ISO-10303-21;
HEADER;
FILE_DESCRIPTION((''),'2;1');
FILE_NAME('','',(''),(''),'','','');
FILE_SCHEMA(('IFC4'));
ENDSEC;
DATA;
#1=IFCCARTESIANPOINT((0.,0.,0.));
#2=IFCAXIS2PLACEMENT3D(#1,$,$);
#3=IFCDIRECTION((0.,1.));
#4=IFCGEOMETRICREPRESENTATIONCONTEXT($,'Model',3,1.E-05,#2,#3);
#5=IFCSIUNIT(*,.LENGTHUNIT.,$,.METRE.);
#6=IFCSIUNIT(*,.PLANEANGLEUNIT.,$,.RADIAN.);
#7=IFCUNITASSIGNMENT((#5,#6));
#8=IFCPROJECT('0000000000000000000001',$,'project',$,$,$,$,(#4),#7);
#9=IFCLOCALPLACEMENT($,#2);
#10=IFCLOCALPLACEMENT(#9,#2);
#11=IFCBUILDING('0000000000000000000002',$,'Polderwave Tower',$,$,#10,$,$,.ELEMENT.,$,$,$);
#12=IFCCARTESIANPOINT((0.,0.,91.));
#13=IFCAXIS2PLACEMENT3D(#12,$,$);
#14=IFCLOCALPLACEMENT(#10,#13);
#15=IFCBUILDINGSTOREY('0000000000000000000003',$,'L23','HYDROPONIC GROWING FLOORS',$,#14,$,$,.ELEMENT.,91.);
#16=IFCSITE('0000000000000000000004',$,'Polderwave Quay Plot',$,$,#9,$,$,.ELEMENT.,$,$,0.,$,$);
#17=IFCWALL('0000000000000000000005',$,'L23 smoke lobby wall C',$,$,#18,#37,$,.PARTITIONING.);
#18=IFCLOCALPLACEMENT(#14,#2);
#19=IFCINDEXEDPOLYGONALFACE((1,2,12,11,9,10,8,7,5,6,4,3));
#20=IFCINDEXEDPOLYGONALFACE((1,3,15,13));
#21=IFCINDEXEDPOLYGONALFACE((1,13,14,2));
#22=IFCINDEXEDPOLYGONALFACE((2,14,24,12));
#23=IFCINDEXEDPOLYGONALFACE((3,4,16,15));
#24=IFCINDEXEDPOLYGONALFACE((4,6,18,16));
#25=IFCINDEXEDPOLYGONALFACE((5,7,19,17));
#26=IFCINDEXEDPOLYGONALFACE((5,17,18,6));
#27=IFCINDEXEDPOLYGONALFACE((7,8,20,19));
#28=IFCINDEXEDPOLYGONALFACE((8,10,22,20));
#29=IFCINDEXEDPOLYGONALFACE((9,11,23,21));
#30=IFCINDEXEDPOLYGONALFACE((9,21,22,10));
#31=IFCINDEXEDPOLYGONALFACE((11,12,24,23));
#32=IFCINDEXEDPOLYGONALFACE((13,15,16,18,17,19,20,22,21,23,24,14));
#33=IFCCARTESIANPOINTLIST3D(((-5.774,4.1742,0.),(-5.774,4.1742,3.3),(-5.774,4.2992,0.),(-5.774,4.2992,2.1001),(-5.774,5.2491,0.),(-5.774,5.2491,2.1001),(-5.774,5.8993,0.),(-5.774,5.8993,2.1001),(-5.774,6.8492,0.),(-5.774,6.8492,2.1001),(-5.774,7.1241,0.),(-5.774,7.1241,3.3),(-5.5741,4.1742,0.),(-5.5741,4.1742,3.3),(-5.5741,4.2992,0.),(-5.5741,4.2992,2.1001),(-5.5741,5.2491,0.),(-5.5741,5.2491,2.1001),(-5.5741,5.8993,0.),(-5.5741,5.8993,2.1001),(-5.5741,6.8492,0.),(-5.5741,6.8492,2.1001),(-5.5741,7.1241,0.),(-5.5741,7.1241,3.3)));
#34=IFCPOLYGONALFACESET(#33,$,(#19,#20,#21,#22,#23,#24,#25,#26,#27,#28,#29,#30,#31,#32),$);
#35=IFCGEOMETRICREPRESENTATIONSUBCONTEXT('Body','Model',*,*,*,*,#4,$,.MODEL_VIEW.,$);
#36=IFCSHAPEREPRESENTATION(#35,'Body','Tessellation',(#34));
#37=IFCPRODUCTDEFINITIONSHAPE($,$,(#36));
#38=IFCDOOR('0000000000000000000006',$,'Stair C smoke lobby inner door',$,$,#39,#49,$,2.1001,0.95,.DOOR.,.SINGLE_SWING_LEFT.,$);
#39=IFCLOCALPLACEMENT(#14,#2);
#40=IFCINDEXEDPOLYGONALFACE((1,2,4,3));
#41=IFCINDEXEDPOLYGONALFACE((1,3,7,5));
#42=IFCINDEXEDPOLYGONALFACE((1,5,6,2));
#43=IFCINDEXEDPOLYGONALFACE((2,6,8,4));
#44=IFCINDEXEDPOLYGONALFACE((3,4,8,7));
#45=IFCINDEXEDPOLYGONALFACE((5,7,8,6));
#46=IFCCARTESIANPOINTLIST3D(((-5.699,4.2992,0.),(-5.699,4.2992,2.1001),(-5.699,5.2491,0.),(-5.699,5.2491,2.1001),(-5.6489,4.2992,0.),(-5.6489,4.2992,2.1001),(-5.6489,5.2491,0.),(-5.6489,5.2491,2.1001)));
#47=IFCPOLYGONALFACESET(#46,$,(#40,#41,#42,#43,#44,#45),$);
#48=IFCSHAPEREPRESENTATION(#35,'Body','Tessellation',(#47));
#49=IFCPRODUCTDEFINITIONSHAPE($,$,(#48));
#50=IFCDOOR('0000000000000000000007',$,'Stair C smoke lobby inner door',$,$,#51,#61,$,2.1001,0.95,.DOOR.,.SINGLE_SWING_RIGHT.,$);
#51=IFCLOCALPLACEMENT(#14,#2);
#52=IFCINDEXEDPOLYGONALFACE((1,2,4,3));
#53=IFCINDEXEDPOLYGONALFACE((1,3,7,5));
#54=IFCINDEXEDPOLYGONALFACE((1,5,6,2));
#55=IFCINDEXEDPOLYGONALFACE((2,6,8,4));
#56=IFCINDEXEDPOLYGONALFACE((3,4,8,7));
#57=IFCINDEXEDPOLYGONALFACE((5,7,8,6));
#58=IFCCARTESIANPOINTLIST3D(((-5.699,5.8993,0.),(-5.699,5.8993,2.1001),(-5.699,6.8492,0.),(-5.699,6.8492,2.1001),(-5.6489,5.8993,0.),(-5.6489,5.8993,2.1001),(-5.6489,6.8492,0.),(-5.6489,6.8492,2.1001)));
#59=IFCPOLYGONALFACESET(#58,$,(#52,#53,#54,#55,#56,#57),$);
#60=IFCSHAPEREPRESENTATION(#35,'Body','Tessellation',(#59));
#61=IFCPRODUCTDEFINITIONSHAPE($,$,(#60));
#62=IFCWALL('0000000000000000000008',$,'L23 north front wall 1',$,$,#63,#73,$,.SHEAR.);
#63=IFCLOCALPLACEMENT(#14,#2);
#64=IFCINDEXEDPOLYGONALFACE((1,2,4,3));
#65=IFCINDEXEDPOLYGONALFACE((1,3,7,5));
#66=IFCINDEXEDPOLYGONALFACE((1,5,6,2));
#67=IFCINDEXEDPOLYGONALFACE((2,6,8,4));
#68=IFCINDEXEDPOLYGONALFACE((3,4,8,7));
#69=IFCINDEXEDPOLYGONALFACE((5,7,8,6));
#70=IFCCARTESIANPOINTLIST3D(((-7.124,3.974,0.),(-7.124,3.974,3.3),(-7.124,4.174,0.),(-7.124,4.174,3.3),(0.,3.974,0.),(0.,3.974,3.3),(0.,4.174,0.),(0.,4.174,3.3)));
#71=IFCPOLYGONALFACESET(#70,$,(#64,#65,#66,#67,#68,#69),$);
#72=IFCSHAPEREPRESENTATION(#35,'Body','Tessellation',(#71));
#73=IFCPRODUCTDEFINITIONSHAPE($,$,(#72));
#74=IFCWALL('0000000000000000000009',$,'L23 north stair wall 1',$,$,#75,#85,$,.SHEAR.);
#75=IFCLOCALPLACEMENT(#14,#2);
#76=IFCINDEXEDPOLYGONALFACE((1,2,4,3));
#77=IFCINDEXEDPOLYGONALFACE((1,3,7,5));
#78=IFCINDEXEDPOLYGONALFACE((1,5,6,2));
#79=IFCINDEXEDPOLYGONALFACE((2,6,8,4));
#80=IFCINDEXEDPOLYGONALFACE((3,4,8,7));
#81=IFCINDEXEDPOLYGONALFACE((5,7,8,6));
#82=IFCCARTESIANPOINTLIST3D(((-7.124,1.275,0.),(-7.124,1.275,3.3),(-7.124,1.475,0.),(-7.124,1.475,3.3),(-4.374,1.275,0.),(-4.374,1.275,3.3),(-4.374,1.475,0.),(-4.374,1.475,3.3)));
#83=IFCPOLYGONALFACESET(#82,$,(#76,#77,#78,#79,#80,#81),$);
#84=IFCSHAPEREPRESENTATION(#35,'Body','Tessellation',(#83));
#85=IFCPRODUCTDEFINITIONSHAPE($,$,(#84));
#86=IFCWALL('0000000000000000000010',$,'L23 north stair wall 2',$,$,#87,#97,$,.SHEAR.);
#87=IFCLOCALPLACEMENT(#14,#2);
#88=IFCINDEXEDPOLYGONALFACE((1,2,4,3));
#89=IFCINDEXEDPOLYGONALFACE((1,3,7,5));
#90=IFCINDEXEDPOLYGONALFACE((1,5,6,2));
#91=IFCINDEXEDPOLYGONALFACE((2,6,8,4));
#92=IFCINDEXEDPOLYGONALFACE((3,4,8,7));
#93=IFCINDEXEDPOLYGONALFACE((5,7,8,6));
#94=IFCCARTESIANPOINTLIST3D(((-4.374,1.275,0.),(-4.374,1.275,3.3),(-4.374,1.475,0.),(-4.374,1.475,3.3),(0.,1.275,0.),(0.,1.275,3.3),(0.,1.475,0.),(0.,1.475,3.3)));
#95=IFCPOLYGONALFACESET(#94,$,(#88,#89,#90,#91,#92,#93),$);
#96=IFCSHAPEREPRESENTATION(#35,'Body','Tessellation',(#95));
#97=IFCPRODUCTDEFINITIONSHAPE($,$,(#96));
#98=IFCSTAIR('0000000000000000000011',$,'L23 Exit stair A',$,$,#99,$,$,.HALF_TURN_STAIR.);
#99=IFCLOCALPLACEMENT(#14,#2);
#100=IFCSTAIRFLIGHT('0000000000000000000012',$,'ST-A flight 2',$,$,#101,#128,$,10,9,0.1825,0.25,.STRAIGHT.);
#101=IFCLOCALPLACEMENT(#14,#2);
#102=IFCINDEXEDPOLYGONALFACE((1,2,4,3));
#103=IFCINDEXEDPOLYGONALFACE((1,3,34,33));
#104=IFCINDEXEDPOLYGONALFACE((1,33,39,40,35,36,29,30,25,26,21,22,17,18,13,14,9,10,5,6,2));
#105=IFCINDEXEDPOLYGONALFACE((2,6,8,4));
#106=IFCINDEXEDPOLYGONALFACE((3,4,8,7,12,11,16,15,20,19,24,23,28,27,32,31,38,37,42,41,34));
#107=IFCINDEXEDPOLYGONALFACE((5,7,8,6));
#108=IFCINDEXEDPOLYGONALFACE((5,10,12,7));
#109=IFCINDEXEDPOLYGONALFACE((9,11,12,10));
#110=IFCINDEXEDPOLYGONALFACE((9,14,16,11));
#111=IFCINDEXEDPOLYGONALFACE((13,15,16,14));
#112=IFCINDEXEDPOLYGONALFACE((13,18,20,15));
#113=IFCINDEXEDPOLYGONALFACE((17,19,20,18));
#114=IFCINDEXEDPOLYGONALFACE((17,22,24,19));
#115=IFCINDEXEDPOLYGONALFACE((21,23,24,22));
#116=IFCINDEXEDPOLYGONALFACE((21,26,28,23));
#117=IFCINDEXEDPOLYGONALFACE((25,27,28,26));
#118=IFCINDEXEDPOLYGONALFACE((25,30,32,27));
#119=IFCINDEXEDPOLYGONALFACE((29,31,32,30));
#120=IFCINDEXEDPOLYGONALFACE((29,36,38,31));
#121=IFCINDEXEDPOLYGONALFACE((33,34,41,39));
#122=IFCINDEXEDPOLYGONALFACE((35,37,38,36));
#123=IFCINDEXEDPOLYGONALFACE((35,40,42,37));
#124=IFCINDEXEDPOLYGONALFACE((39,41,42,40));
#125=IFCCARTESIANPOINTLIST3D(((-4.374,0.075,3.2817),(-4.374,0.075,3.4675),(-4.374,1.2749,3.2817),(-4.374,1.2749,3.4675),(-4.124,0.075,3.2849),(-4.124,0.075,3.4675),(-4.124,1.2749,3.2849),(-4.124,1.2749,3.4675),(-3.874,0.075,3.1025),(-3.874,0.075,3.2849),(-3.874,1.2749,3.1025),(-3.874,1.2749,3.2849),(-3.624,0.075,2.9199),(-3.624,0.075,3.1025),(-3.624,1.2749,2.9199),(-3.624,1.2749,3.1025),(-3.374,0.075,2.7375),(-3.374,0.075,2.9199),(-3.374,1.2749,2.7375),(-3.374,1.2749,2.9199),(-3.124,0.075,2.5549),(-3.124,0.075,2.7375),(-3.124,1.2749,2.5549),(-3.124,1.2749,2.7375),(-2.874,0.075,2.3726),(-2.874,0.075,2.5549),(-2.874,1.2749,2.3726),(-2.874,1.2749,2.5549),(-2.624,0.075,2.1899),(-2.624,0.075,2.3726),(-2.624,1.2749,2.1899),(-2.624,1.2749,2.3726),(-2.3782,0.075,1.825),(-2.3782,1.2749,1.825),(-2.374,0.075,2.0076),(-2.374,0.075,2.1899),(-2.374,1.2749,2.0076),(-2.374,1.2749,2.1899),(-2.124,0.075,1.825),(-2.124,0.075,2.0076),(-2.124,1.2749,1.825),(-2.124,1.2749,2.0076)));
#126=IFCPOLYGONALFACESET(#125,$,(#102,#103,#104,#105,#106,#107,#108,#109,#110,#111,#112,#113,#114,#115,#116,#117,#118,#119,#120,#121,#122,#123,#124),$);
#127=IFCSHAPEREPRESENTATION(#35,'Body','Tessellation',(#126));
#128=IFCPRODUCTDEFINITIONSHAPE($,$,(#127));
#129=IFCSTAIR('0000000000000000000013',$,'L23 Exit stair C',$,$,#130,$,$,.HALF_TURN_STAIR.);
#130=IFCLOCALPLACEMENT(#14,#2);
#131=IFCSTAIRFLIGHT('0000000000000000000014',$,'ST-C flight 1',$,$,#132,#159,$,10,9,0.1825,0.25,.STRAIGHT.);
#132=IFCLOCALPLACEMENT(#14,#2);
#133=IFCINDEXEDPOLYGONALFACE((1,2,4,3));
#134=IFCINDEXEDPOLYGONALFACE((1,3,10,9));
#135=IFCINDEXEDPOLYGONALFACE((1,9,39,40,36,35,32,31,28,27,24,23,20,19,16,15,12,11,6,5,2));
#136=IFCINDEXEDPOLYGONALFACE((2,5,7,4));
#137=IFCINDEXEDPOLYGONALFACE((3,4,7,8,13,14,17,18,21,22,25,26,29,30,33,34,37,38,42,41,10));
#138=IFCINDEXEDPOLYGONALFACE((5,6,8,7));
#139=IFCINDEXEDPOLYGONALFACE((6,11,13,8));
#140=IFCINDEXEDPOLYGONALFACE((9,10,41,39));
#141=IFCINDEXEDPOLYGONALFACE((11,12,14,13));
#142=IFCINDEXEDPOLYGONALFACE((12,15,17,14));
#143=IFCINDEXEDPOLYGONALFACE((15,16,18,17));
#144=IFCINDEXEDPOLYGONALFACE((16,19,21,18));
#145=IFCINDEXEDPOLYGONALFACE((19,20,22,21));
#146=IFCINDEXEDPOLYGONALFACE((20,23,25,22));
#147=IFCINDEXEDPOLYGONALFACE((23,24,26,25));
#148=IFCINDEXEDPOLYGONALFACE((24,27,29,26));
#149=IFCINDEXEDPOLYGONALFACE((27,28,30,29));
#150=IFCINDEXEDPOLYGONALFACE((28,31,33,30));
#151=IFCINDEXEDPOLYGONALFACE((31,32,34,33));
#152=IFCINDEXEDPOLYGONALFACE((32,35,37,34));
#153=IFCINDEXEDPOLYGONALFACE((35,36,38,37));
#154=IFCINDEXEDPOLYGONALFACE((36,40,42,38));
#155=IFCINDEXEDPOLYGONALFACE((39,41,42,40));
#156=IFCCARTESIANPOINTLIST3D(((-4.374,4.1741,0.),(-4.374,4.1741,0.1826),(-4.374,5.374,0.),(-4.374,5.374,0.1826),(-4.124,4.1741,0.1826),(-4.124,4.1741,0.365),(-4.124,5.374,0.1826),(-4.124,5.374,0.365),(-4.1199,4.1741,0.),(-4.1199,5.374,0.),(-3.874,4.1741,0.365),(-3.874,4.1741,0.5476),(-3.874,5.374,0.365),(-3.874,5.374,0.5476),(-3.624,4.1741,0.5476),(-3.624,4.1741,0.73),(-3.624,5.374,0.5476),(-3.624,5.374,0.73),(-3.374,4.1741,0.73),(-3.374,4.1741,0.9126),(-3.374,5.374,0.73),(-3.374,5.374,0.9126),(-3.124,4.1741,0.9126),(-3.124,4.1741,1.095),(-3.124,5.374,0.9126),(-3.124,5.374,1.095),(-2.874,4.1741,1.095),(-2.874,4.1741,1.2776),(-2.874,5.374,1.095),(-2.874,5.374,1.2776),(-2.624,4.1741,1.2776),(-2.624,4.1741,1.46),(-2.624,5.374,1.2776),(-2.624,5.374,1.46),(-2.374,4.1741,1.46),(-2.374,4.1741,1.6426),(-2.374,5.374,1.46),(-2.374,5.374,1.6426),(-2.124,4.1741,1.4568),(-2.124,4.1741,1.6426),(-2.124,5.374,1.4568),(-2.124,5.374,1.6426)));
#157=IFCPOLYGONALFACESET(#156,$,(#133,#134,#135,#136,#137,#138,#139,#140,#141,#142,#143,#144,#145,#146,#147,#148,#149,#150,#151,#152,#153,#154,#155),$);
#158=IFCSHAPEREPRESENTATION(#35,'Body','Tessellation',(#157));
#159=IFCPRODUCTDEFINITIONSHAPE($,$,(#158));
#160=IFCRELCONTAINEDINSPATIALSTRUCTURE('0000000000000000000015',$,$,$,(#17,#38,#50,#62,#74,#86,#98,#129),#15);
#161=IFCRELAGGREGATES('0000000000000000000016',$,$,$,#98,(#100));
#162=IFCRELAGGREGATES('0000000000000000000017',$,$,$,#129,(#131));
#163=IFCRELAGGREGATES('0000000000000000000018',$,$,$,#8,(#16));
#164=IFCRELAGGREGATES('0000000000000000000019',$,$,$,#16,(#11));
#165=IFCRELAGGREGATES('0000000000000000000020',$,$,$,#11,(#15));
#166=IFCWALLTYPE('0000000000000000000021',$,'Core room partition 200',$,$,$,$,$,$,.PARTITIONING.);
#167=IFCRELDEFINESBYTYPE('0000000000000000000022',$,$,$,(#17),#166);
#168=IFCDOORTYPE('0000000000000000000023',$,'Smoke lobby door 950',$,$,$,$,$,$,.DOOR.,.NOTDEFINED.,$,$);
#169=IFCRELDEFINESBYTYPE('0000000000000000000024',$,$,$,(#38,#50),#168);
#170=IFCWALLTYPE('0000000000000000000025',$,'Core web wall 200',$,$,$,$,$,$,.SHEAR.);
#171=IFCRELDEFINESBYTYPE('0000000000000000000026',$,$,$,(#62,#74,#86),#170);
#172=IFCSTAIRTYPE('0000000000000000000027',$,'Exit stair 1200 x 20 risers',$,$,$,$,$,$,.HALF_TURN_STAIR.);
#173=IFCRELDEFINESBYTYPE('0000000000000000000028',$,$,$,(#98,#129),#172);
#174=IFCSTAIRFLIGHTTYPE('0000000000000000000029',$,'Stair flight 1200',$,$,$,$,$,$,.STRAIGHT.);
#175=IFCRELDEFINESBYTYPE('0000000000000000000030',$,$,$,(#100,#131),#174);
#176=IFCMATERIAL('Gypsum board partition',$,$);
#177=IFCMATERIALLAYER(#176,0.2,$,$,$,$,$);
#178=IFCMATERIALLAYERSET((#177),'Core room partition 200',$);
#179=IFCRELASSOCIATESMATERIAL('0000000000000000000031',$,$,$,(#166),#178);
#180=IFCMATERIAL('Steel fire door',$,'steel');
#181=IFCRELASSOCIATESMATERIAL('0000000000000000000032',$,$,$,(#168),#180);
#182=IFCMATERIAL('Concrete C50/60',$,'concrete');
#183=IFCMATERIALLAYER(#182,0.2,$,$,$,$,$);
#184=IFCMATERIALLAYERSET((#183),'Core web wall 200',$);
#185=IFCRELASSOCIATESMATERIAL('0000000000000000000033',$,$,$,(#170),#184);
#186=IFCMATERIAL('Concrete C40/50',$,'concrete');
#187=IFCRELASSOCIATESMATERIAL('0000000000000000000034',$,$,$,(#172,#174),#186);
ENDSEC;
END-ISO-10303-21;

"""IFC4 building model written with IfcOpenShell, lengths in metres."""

from ifc_helpers import new_model, si_unit, direction, frame, frame_2d, origin, place, context, subcontext, project, spatial, polyline, rectangle, outline, extrude, material, layer, layer_set, type_object, element, fill, aggregate, save


model = new_model("IFC4")

# Units and contexts
model_context = context("Model", 3, precision=1e-05, world=origin(), true_north=direction((0.0, 1.0)))
body_context = subcontext(model_context, "Body", "Model", "MODEL_VIEW")
ifc_project = project(units=[si_unit("LENGTHUNIT", "METRE"), si_unit("PLANEANGLEUNIT", "RADIAN")], contexts=[model_context])

# Site, building, storey
site_placement = place(None, origin())
site = spatial("IfcSite", under=ifc_project, at=site_placement, Name="Polderwave Quay Plot", CompositionType="ELEMENT", RefElevation=0.0)
building_placement = place(site_placement, origin())
building = spatial("IfcBuilding", under=site, at=building_placement, Name="Polderwave Tower", CompositionType="ELEMENT")
storey_placement = place(building_placement, frame((0.0, 0.0, 91.0)))
storey = spatial("IfcBuildingStorey", under=building, at=storey_placement, Name="L23", Description="HYDROPONIC GROWING FLOORS", CompositionType="ELEMENT", Elevation=91.0)

# Wall, openings, doors
ifc_material_1 = material(Name="Gypsum board partition")
ifc_layer_1 = layer(ifc_material_1, 0.2)
ifc_layer_set_1 = layer_set([ifc_layer_1], Name="Core room partition 200")
wall_type_1 = type_object("IfcWallType", Name="Core room partition 200", PredefinedType="PARTITIONING", material=ifc_layer_set_1)
wall_1_placement = place(storey_placement, frame((-5.6741, 4.1741, 0.0), z_axis=(0.0, 0.0, 1.0), x_axis=(0.0, 1.0, 0.0)))
wall_1 = element("IfcWall", 1, at=wall_1_placement, inside=storey, type_object=wall_type_1, Name="L23 smoke lobby wall C", PredefinedType="PARTITIONING", context=body_context, shape_type="SweptSolid", body=[
    extrude(rectangle(XDim=2.95, YDim=0.2, at=frame_2d((1.4751, 0.0))), origin(), (0.0, 0.0, 1.0), 3.3),
])
opening_1_placement = place(wall_1_placement, frame((0.125, 0.0, 0.0)))
opening_1 = element("IfcOpeningElement", 2, at=opening_1_placement, cuts=wall_1, PredefinedType="OPENING", context=body_context, shape_type="SweptSolid", body=[
    extrude(rectangle(XDim=0.95, YDim=2.1001, at=frame_2d((0.4751, 1.05))), frame((0.0, 0.1099, 0.0), z_axis=(0.0, -1.0, 0.0), x_axis=(1.0, 0.0, 0.0)), (0.0, 0.0, 1.0), 0.22),
])
opening_2_placement = place(wall_1_placement, frame((1.7251, 0.0, 0.0)))
opening_2 = element("IfcOpeningElement", 3, at=opening_2_placement, cuts=wall_1, PredefinedType="OPENING", context=body_context, shape_type="SweptSolid", body=[
    extrude(rectangle(XDim=0.95, YDim=2.1001, at=frame_2d((0.4751, 1.05))), frame((0.0, 0.1099, 0.0), z_axis=(0.0, -1.0, 0.0), x_axis=(1.0, 0.0, 0.0)), (0.0, 0.0, 1.0), 0.22),
])
ifc_material_2 = material(Name="Steel fire door", Category="steel")
door_type = type_object("IfcDoorType", Name="Smoke lobby door 950", OperationType="NOTDEFINED", PredefinedType="DOOR", material=ifc_material_2)
door_1_placement = place(opening_1_placement, origin())
door_1 = element("IfcDoor", 4, at=door_1_placement, inside=storey, type_object=door_type, Name="Stair C smoke lobby inner door", OperationType="SINGLE_SWING_LEFT", OverallHeight=2.1001, OverallWidth=0.95, PredefinedType="DOOR", context=body_context, shape_type="SweptSolid", body=[
    extrude(rectangle(XDim=0.95, YDim=2.1001, at=frame_2d((0.4751, 1.05))), frame((0.0, 0.0249, 0.0), z_axis=(0.0, -1.0, 0.0), x_axis=(1.0, 0.0, 0.0)), (0.0, 0.0, 1.0), 0.05),
])
fill(opening_1, door_1)
door_2_placement = place(opening_2_placement, origin())
door_2 = element("IfcDoor", 5, at=door_2_placement, inside=storey, type_object=door_type, Name="Stair C smoke lobby inner door", OperationType="SINGLE_SWING_RIGHT", OverallHeight=2.1001, OverallWidth=0.95, PredefinedType="DOOR", context=body_context, shape_type="SweptSolid", body=[
    extrude(rectangle(XDim=0.95, YDim=2.1001, at=frame_2d((0.4751, 1.05))), frame((0.0, 0.0249, 0.0), z_axis=(0.0, -1.0, 0.0), x_axis=(1.0, 0.0, 0.0)), (0.0, 0.0, 1.0), 0.05),
])
fill(opening_2, door_2)

# Walls
ifc_material_3 = material(Name="Concrete C50/60", Category="concrete")
ifc_layer_2 = layer(ifc_material_3, 0.2)
ifc_layer_set_2 = layer_set([ifc_layer_2], Name="Core web wall 200")
wall_type_2 = type_object("IfcWallType", Name="Core web wall 200", PredefinedType="SHEAR", material=ifc_layer_set_2)
wall_2_placement = place(storey_placement, frame((-7.124, 4.074, 0.0), z_axis=(0.0, 0.0, 1.0), x_axis=(1.0, 0.0, 0.0)))
element("IfcWall", 6, at=wall_2_placement, inside=storey, type_object=wall_type_2, Name="L23 north front wall 1", PredefinedType="SHEAR", context=body_context, shape_type="SweptSolid", body=[
    extrude(rectangle(XDim=7.124, YDim=0.2, at=frame_2d((3.562, 0.0))), origin(), (0.0, 0.0, 1.0), 3.3),
])
wall_3_placement = place(storey_placement, frame((-7.124, 1.375, 0.0), z_axis=(0.0, 0.0, 1.0), x_axis=(1.0, 0.0, 0.0)))
element("IfcWall", 7, at=wall_3_placement, inside=storey, type_object=wall_type_2, Name="L23 north stair wall 1", PredefinedType="SHEAR", context=body_context, shape_type="SweptSolid", body=[
    extrude(rectangle(XDim=2.75, YDim=0.2, at=frame_2d((1.375, 0.0))), origin(), (0.0, 0.0, 1.0), 3.3),
])
wall_4_placement = place(storey_placement, frame((-4.374, 1.375, 0.0), z_axis=(0.0, 0.0, 1.0), x_axis=(1.0, 0.0, 0.0)))
element("IfcWall", 8, at=wall_4_placement, inside=storey, type_object=wall_type_2, Name="L23 north stair wall 2", PredefinedType="SHEAR", context=body_context, shape_type="SweptSolid", body=[
    extrude(rectangle(XDim=4.374, YDim=0.2, at=frame_2d((2.187, 0.0))), origin(), (0.0, 0.0, 1.0), 3.3),
])

# Stairs, stair flights
ifc_material_4 = material(Name="Concrete C40/50", Category="concrete")
stair_type = type_object("IfcStairType", Name="Exit stair 1200 x 20 risers", PredefinedType="HALF_TURN_STAIR", material=ifc_material_4)
stair_1_placement = place(storey_placement, origin())
stair_1 = element("IfcStair", 9, at=stair_1_placement, inside=storey, type_object=stair_type, Name="L23 Exit stair A", PredefinedType="HALF_TURN_STAIR")
stair_flight_type = type_object("IfcStairFlightType", Name="Stair flight 1200", PredefinedType="STRAIGHT", material=ifc_material_4)
stair_flight_1_placement = place(storey_placement, frame((-2.124, 0.675, 1.825), z_axis=(0.0, 0.0, 1.0), x_axis=(-1.0, 0.0, 0.0)))
stair_flight_1 = element("IfcStairFlight", 10, at=stair_flight_1_placement, type_object=stair_flight_type, Name="ST-A flight 2", NumberOfRisers=10, NumberOfTreads=9, PredefinedType="STRAIGHT", RiserHeight=0.1825, TreadLength=0.25, context=body_context, shape_type="SweptSolid", body=[
    extrude(outline(polyline([(0.0, 0.0), (0.0, 0.1826), (0.25, 0.1826), (0.25, 0.365), (0.5, 0.365), (0.5, 0.5476), (0.75, 0.5476), (0.75, 0.73), (1.0, 0.73), (1.0, 0.9126), (1.25, 0.9126), (1.25, 1.095), (1.5, 1.095), (1.5, 1.2776), (1.75, 1.2776), (1.75, 1.46), (2.0, 1.46), (2.0, 1.6426), (2.25, 1.6426), (2.25, 1.825), (2.25, 1.4568), (0.2542, 0.0), (0.0, 0.0)])), frame((0.0, 0.6001, 0.0), z_axis=(0.0, -1.0, 0.0), x_axis=(1.0, 0.0, 0.0)), (0.0, 0.0, 1.0), 1.2),
])
aggregate(stair_1, [stair_flight_1])
stair_2_placement = place(storey_placement, origin())
stair_2 = element("IfcStair", 11, at=stair_2_placement, inside=storey, type_object=stair_type, Name="L23 Exit stair C", PredefinedType="HALF_TURN_STAIR")
stair_flight_2_placement = place(storey_placement, frame((-4.374, 4.7739, 0.0), z_axis=(0.0, 0.0, 1.0), x_axis=(1.0, 0.0, 0.0)))
stair_flight_2 = element("IfcStairFlight", 12, at=stair_flight_2_placement, type_object=stair_flight_type, Name="ST-C flight 1", NumberOfRisers=10, NumberOfTreads=9, PredefinedType="STRAIGHT", RiserHeight=0.1825, TreadLength=0.25, context=body_context, shape_type="SweptSolid", body=[
    extrude(outline(polyline([(0.0, 0.0), (0.0, 0.1826), (0.25, 0.1826), (0.25, 0.365), (0.5, 0.365), (0.5, 0.5476), (0.75, 0.5476), (0.75, 0.73), (1.0, 0.73), (1.0, 0.9126), (1.25, 0.9126), (1.25, 1.095), (1.5, 1.095), (1.5, 1.2776), (1.75, 1.2776), (1.75, 1.46), (2.0, 1.46), (2.0, 1.6426), (2.25, 1.6426), (2.25, 1.825), (2.25, 1.4568), (0.2542, 0.0), (0.0, 0.0)])), frame((0.0, 0.6001, 0.0), z_axis=(0.0, -1.0, 0.0), x_axis=(1.0, 0.0, 0.0)), (0.0, 0.0, 1.0), 1.2),
])
aggregate(stair_2, [stair_flight_2])

save(model, "model.ifc")
